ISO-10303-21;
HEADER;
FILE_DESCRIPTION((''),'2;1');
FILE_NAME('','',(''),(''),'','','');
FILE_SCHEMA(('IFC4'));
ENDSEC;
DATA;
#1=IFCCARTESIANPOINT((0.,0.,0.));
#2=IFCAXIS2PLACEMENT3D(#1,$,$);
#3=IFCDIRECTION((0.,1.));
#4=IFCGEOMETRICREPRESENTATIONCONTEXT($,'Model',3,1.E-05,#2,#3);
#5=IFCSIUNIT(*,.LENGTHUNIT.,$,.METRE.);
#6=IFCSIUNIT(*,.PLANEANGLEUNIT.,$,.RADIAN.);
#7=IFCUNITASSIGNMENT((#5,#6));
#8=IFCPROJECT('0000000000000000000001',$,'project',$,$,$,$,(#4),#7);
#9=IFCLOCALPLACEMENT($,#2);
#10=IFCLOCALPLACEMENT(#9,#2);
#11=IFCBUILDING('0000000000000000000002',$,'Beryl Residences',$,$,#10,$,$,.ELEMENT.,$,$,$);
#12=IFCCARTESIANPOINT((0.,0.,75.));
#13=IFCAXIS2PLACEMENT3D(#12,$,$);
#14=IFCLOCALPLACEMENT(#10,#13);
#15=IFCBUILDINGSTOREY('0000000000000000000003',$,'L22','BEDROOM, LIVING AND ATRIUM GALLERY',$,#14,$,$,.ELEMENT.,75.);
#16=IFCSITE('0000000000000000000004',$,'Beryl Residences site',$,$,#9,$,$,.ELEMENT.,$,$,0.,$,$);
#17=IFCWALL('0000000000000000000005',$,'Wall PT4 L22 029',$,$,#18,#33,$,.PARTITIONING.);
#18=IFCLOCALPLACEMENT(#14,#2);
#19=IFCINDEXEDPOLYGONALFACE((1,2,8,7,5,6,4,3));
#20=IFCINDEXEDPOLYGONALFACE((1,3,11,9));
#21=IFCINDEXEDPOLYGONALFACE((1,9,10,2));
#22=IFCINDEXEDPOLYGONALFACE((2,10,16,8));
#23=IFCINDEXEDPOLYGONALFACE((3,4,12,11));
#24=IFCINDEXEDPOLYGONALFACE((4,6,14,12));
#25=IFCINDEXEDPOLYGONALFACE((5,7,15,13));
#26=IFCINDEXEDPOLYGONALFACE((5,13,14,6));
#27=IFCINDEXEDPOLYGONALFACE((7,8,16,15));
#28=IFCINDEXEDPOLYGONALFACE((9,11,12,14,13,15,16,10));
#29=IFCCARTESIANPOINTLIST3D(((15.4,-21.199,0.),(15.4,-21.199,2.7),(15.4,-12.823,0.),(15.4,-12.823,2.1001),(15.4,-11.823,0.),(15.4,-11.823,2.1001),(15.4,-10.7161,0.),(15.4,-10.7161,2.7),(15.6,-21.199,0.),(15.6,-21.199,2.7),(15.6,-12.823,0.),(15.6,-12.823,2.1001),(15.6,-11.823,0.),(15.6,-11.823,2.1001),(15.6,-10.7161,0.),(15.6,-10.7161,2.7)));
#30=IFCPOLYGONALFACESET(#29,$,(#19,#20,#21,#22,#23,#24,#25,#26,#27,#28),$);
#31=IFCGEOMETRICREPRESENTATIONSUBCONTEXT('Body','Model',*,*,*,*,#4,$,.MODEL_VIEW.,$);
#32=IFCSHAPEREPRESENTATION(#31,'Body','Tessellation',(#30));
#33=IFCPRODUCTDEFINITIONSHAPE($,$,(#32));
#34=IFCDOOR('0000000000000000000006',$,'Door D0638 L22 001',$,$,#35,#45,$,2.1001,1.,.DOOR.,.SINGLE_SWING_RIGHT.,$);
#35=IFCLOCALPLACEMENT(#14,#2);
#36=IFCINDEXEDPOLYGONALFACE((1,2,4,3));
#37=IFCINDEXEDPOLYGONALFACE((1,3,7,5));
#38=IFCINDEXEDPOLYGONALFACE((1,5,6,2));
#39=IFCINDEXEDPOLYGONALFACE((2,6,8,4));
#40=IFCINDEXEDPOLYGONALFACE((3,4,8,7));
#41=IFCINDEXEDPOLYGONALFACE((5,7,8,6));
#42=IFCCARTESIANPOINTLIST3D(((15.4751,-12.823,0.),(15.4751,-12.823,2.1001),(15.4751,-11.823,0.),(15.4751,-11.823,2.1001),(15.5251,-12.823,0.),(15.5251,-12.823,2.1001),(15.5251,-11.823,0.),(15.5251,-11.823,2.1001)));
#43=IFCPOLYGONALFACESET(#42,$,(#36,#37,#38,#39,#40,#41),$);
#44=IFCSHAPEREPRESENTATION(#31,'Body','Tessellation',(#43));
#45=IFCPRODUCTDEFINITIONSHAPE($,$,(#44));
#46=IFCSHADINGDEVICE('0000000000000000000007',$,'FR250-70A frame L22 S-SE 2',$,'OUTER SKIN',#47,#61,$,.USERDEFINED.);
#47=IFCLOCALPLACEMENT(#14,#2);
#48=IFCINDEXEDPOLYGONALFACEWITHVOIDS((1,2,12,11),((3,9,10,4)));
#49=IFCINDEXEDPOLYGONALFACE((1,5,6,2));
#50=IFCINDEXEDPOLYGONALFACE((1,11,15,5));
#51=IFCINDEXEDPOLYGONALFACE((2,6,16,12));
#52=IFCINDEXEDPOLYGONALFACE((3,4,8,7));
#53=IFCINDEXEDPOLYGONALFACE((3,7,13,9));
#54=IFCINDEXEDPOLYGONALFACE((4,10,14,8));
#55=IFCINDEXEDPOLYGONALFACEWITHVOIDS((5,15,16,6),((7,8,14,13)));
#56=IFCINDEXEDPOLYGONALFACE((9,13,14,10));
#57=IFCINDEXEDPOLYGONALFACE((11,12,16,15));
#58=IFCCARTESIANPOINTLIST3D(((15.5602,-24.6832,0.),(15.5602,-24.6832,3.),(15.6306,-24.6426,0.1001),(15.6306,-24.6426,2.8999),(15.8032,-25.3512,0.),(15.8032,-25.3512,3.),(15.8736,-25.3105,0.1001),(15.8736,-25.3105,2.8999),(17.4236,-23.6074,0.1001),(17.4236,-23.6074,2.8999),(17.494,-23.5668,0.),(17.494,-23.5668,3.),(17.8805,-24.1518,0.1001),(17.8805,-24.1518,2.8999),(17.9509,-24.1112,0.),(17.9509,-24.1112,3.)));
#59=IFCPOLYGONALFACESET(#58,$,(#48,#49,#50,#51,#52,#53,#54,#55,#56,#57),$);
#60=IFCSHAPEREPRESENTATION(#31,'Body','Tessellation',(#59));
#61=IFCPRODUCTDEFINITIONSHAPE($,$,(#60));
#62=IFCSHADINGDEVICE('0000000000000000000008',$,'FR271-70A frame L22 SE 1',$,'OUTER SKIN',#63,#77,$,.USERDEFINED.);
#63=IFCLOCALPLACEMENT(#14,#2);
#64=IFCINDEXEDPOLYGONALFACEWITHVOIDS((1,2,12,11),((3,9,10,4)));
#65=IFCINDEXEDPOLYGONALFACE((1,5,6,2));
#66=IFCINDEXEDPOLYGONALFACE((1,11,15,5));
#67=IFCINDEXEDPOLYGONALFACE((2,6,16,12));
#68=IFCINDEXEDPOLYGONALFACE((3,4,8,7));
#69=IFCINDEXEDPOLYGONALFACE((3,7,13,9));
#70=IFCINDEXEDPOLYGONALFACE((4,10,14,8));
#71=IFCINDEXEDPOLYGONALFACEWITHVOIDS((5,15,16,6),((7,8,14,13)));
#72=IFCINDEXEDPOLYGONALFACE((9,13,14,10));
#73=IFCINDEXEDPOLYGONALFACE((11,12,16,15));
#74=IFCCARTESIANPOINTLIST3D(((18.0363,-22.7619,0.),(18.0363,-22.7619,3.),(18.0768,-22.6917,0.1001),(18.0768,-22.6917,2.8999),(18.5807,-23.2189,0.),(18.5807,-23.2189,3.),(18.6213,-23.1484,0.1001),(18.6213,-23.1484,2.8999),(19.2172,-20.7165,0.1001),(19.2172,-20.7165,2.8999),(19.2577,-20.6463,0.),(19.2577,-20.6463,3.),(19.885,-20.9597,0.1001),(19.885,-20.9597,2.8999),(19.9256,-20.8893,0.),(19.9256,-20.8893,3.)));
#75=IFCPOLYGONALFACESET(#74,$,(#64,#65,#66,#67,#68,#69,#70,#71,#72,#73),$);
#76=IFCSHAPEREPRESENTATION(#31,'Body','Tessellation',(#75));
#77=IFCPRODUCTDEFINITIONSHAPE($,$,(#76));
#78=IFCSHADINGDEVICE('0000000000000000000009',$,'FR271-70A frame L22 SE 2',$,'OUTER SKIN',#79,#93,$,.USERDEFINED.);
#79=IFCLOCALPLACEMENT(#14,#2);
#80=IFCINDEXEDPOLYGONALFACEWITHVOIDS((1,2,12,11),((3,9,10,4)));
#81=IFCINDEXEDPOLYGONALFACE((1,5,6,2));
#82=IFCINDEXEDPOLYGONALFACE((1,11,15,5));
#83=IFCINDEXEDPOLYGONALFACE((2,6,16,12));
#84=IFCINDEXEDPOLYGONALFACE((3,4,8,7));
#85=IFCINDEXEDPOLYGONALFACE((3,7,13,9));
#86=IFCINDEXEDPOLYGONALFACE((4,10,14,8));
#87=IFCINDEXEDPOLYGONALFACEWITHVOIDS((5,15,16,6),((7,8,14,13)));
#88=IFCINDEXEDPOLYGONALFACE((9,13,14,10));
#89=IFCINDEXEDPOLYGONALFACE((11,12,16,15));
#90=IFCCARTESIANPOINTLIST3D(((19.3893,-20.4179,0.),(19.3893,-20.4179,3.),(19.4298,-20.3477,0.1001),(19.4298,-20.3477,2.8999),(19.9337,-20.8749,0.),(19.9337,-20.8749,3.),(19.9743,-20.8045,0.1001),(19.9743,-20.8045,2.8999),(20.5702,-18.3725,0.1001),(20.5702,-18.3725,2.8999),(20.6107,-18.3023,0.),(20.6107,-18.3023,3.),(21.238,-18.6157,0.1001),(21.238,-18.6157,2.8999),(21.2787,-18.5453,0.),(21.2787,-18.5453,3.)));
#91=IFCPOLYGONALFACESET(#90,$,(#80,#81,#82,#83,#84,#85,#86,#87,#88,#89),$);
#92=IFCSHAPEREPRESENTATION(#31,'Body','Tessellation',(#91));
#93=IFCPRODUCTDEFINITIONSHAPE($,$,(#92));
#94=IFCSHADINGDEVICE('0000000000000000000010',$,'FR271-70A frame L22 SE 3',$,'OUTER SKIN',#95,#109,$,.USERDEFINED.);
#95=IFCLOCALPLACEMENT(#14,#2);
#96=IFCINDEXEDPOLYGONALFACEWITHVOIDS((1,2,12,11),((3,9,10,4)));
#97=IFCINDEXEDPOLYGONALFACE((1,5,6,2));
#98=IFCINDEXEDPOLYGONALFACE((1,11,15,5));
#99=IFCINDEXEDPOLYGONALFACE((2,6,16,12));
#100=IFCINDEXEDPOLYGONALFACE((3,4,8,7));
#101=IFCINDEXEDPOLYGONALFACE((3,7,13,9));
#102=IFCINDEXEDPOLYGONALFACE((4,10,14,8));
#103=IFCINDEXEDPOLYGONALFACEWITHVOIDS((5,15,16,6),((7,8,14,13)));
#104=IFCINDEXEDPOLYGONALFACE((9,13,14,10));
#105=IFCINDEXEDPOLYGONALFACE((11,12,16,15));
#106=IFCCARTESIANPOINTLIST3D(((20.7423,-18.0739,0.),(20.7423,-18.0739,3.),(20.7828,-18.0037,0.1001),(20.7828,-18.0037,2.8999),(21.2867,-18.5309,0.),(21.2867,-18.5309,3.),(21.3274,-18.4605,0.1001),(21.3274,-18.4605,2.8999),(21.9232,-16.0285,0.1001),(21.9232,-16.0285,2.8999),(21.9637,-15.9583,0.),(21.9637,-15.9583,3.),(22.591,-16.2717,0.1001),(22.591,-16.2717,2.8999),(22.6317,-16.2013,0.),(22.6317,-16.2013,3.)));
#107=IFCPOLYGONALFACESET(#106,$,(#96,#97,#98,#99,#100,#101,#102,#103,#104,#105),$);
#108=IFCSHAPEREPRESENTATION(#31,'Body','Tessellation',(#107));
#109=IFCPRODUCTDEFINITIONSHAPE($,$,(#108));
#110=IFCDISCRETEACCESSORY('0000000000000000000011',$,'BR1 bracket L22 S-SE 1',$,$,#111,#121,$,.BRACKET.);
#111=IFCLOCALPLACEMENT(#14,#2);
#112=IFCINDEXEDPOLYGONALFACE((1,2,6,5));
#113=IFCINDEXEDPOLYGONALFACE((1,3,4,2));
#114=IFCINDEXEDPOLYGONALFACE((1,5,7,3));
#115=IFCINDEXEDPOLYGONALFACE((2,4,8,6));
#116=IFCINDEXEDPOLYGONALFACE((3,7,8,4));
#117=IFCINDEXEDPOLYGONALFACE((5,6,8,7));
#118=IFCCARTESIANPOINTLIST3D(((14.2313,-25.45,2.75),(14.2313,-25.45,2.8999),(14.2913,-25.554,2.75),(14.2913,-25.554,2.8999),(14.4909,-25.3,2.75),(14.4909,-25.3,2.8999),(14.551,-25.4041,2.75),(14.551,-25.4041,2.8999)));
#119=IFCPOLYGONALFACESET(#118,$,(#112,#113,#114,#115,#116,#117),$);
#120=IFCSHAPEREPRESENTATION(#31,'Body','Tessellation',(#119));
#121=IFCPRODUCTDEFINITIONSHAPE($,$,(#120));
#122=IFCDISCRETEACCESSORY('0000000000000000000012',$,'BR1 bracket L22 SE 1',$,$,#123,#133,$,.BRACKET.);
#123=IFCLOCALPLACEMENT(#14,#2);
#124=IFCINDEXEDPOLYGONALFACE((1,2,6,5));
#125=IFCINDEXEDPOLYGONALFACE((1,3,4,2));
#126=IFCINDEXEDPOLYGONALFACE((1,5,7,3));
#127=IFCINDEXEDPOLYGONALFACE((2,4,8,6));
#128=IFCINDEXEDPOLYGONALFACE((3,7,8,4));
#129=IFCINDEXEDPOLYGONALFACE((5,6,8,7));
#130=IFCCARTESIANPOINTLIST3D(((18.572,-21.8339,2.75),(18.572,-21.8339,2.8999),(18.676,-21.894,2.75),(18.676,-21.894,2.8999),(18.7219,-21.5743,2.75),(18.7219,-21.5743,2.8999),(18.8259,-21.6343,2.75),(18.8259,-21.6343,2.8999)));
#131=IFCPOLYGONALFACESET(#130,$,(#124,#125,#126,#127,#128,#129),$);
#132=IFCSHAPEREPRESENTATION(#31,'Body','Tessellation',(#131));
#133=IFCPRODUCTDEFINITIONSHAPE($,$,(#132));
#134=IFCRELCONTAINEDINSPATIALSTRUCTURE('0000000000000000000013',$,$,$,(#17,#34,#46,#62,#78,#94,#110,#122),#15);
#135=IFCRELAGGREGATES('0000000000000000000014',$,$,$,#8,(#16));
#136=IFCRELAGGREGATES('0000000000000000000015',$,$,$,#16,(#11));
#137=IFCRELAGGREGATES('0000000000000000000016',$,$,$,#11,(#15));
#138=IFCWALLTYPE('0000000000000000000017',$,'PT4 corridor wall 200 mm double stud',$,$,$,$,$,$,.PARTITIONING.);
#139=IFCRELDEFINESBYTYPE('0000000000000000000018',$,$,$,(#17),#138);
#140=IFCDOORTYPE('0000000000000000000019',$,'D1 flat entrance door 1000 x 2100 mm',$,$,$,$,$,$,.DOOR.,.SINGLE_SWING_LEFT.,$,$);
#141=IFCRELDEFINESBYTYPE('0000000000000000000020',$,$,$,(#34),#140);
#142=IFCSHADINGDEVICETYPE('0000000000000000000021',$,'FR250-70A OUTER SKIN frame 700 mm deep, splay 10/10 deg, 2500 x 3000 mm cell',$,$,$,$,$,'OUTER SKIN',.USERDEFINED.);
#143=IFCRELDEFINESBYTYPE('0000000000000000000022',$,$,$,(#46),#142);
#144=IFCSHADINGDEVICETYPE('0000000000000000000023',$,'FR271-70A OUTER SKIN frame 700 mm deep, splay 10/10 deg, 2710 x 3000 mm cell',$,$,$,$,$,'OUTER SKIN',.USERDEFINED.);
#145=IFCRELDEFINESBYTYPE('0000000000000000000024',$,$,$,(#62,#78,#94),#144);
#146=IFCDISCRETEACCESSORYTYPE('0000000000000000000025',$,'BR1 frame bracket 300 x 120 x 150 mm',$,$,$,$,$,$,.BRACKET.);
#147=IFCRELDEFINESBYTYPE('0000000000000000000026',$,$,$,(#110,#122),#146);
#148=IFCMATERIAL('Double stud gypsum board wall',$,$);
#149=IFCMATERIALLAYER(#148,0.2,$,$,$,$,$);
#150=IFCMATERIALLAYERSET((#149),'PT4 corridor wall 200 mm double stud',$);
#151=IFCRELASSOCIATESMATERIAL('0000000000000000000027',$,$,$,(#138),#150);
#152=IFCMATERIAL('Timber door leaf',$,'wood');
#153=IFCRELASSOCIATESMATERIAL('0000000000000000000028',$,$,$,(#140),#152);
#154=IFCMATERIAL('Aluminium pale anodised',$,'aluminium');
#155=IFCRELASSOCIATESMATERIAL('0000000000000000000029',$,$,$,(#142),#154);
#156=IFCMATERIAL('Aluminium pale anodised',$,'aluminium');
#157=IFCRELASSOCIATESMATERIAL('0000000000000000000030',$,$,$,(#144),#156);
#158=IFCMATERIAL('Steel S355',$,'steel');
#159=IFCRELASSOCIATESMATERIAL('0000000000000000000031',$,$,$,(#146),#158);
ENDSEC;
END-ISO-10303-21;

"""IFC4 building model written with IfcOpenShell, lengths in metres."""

from ifc_helpers import new_model, entity, si_unit, direction, frame, frame_2d, origin, place, context, subcontext, project, spatial, polyline, rectangle, outline, extrude, source, transform, mapped, material, layer, layer_set, type_object, type_shapes, element, fill, save


model = new_model("IFC4")

# Units and contexts
model_context = context("Model", 3, precision=1e-05, world=origin(), true_north=direction((0.0, 1.0)))
body_context = subcontext(model_context, "Body", "Model", "MODEL_VIEW")
ifc_project = project(units=[si_unit("LENGTHUNIT", "METRE"), si_unit("PLANEANGLEUNIT", "RADIAN")], contexts=[model_context])

# Site, building, storey
site_placement = place(None, origin())
site = spatial("IfcSite", under=ifc_project, at=site_placement, Name="Beryl Residences site", CompositionType="ELEMENT", RefElevation=0.0)
building_placement = place(site_placement, origin())
building = spatial("IfcBuilding", under=site, at=building_placement, Name="Beryl Residences", CompositionType="ELEMENT")
storey_placement = place(building_placement, frame((0.0, 0.0, 75.0)))
storey = spatial("IfcBuildingStorey", under=building, at=storey_placement, Name="L22", Description="BEDROOM, LIVING AND ATRIUM GALLERY", CompositionType="ELEMENT", Elevation=75.0)

# Wall, opening, door
ifc_material_1 = material(Name="Double stud gypsum board wall")
ifc_layer_1 = layer(ifc_material_1, 0.2)
ifc_layer_set_1 = layer_set([ifc_layer_1], Name="PT4 corridor wall 200 mm double stud")
wall_type_1 = type_object("IfcWallType", Name="PT4 corridor wall 200 mm double stud", PredefinedType="PARTITIONING", material=ifc_layer_set_1)
wall_1_placement = place(storey_placement, frame((15.5, -21.199, 0.0), z_axis=(0.0, 0.0, 1.0), x_axis=(0.0, 1.0, 0.0)))
wall_1 = element("IfcWall", 1, at=wall_1_placement, inside=storey, type_object=wall_type_1, Name="Wall PT4 L22 029", PredefinedType="PARTITIONING", context=body_context, shape_type="SweptSolid", body=[
    extrude(rectangle(XDim=10.4829, YDim=0.2, at=frame_2d((5.2415, 0.0))), origin(), (0.0, 0.0, 1.0), 2.7),
])
opening_1_placement = place(wall_1_placement, frame((8.376, 0.0, 0.0)))
opening_1 = element("IfcOpeningElement", 2, at=opening_1_placement, cuts=wall_1, PredefinedType="OPENING", context=body_context, shape_type="SweptSolid", body=[
    extrude(rectangle(XDim=1.0, YDim=2.1001, at=frame_2d((0.5, 1.05))), frame((0.0, 0.1099, 0.0), z_axis=(0.0, -1.0, 0.0), x_axis=(1.0, 0.0, 0.0)), (0.0, 0.0, 1.0), 0.22),
])
ifc_material_2 = material(Name="Timber door leaf", Category="wood")
door_type = type_object("IfcDoorType", Name="D1 flat entrance door 1000 x 2100 mm", OperationType="SINGLE_SWING_LEFT", PredefinedType="DOOR", material=ifc_material_2)
door_placement = place(opening_1_placement, origin())
door = element("IfcDoor", 3, at=door_placement, inside=storey, type_object=door_type, Name="Door D0638 L22 001", OperationType="SINGLE_SWING_RIGHT", OverallHeight=2.1001, OverallWidth=1.0, PredefinedType="DOOR", context=body_context, shape_type="SweptSolid", body=[
    extrude(rectangle(XDim=1.0, YDim=2.1001, at=frame_2d((0.5, 1.05))), frame((0.0, 0.0249, 0.0), z_axis=(0.0, -1.0, 0.0), x_axis=(1.0, 0.0, 0.0)), (0.0, 0.0, 1.0), 0.05),
])
fill(opening_1, door)

# Shading devices
ifc_material_3 = material(Name="Aluminium pale anodised", Category="aluminium")
shading_device_type_1 = type_object("IfcShadingDeviceType", Name="FR250-70A OUTER SKIN frame 700 mm deep, splay 10/10 deg, 2500 x 3000 mm cell", ElementType="OUTER SKIN", PredefinedType="USERDEFINED", material=ifc_material_3)
cartesian_point_1 = entity("IfcCartesianPoint", [-1.1165, 0.0])
cartesian_point_2 = entity("IfcCartesianPoint", [-1.0352, 0.1001])
cartesian_point_3 = entity("IfcCartesianPoint", [-1.24, 0.0])
cartesian_point_4 = entity("IfcCartesianPoint", [-1.1587, 0.1001])
shared_shape_1 = source(origin(), body_context, "Body", "SweptSolid", [
    entity("IfcExtrudedAreaSolidTapered", entity("IfcArbitraryProfileDefWithVoids", "AREA", None, entity("IfcPolyline", [cartesian_point_1, entity("IfcCartesianPoint", [1.1165, 0.0]), entity("IfcCartesianPoint", [1.1165, 3.0]), entity("IfcCartesianPoint", [-1.1165, 3.0]), cartesian_point_1]), [entity("IfcPolyline", [cartesian_point_2, entity("IfcCartesianPoint", [1.0352, 0.1001]), entity("IfcCartesianPoint", [1.0352, 2.8999]), entity("IfcCartesianPoint", [-1.0352, 2.8999]), cartesian_point_2])]), entity("IfcAxis2Placement3D", entity("IfcCartesianPoint", [0.0, 0.0, 0.0]), entity("IfcDirection", [0.0, 1.0, 0.0]), entity("IfcDirection", [-1.0, 0.0, 0.0])), entity("IfcDirection", [0.0, 0.0, 1.0]), 0.7, entity("IfcArbitraryProfileDefWithVoids", "AREA", None, entity("IfcPolyline", [cartesian_point_3, entity("IfcCartesianPoint", [1.24, 0.0]), entity("IfcCartesianPoint", [1.24, 3.0]), entity("IfcCartesianPoint", [-1.24, 3.0]), cartesian_point_3]), [entity("IfcPolyline", [cartesian_point_4, entity("IfcCartesianPoint", [1.1587, 0.1001]), entity("IfcCartesianPoint", [1.1587, 2.8999]), entity("IfcCartesianPoint", [-1.1587, 2.8999]), cartesian_point_4])])),
])
type_shapes(shading_device_type_1, [shared_shape_1])
shading_device_placement = place(storey_placement, frame((16.5271, -24.125, 0.0), z_axis=(0.0, 0.0, 1.0), x_axis=(-0.866025, -0.5, 0.0)))
element("IfcShadingDevice", 4, at=shading_device_placement, inside=storey, type_object=shading_device_type_1, Name="FR250-70A frame L22 S-SE 2", ObjectType="OUTER SKIN", PredefinedType="USERDEFINED", context=body_context, shape_type="MappedRepresentation", body=[
    mapped(shared_shape_1, transform((0.0, 0.0, 0.0))),
])
ifc_material_4 = material(Name="Aluminium pale anodised", Category="aluminium")
shading_device_type_2 = type_object("IfcShadingDeviceType", Name="FR271-70A OUTER SKIN frame 700 mm deep, splay 10/10 deg, 2710 x 3000 mm cell", ElementType="OUTER SKIN", PredefinedType="USERDEFINED", material=ifc_material_4)
cartesian_point_5 = entity("IfcCartesianPoint", [-1.2214, 0.0])
cartesian_point_6 = entity("IfcCartesianPoint", [-1.1404, 0.1001])
cartesian_point_7 = entity("IfcCartesianPoint", [-1.345, 0.0])
cartesian_point_8 = entity("IfcCartesianPoint", [-1.2637, 0.1001])
shared_shape_2 = source(origin(), body_context, "Body", "SweptSolid", [
    entity("IfcExtrudedAreaSolidTapered", entity("IfcArbitraryProfileDefWithVoids", "AREA", None, entity("IfcPolyline", [cartesian_point_5, entity("IfcCartesianPoint", [1.2214, 0.0]), entity("IfcCartesianPoint", [1.2214, 3.0]), entity("IfcCartesianPoint", [-1.2214, 3.0]), cartesian_point_5]), [entity("IfcPolyline", [cartesian_point_6, entity("IfcCartesianPoint", [1.1404, 0.1001]), entity("IfcCartesianPoint", [1.1404, 2.8999]), entity("IfcCartesianPoint", [-1.1404, 2.8999]), cartesian_point_6])]), entity("IfcAxis2Placement3D", entity("IfcCartesianPoint", [0.0, 0.0, 0.0]), entity("IfcDirection", [0.0, 1.0, 0.0]), entity("IfcDirection", [-1.0, 0.0, 0.0])), entity("IfcDirection", [0.0, 0.0, 1.0]), 0.7, entity("IfcArbitraryProfileDefWithVoids", "AREA", None, entity("IfcPolyline", [cartesian_point_7, entity("IfcCartesianPoint", [1.345, 0.0]), entity("IfcCartesianPoint", [1.345, 3.0]), entity("IfcCartesianPoint", [-1.345, 3.0]), cartesian_point_7]), [entity("IfcPolyline", [cartesian_point_8, entity("IfcCartesianPoint", [1.2637, 0.1001]), entity("IfcCartesianPoint", [1.2637, 2.8999]), entity("IfcCartesianPoint", [-1.2637, 2.8999]), cartesian_point_8])])),
])
type_shapes(shading_device_type_2, [shared_shape_2])
for number, where, z_axis, x_axis, name in (
    (5, (18.647, -21.7041, 0.0), (0.0, 0.0, 1.0), (-0.5, -0.866025, 0.0), "FR271-70A frame L22 SE 1"),
    (6, (20.0, -19.3601, 0.0), (0.0, 0.0, 1.0), (-0.5, -0.866025, 0.0), "FR271-70A frame L22 SE 2"),
    (7, (21.353, -17.0161, 0.0), (0.0, 0.0, 1.0), (-0.5, -0.866025, 0.0), "FR271-70A frame L22 SE 3"),
):
    element("IfcShadingDevice", number, at=place(storey_placement, frame(where, z_axis=z_axis, x_axis=x_axis)), inside=storey, type_object=shading_device_type_2, Name=name, ObjectType="OUTER SKIN", PredefinedType="USERDEFINED", context=body_context, shape_type="MappedRepresentation", body=[
        mapped(shared_shape_2, transform((0.0, 0.0, 0.0))),
    ])

# Discrete accessories
ifc_material_5 = material(Name="Steel S355", Category="steel")
discrete_accessory_type = type_object("IfcDiscreteAccessoryType", Name="BR1 frame bracket 300 x 120 x 150 mm", PredefinedType="BRACKET", material=ifc_material_5)
shared_shape_3 = source(origin(), body_context, "Body", "SweptSolid", [
    extrude(outline(polyline([(-0.1499, 0.0), (0.1499, 0.0), (0.1499, 0.1201), (-0.1499, 0.1201), (-0.1499, 0.0)])), origin(), (0.0, 0.0, 1.0), 0.1499),
])
type_shapes(discrete_accessory_type, [shared_shape_3])
for number, where, z_axis, x_axis, name in (
    (8, (14.3611, -25.375, 2.75), (0.0, 0.0, 1.0), (-0.866025, -0.5, 0.0), "BR1 bracket L22 S-SE 1"),
    (9, (18.647, -21.7041, 2.75), (0.0, 0.0, 1.0), (-0.5, -0.866025, 0.0), "BR1 bracket L22 SE 1"),
):
    element("IfcDiscreteAccessory", number, at=place(storey_placement, frame(where, z_axis=z_axis, x_axis=x_axis)), inside=storey, type_object=discrete_accessory_type, Name=name, PredefinedType="BRACKET", context=body_context, shape_type="MappedRepresentation", body=[
        mapped(shared_shape_3, transform((0.0, 0.0, 0.0))),
    ])

save(model, "model.ifc")
